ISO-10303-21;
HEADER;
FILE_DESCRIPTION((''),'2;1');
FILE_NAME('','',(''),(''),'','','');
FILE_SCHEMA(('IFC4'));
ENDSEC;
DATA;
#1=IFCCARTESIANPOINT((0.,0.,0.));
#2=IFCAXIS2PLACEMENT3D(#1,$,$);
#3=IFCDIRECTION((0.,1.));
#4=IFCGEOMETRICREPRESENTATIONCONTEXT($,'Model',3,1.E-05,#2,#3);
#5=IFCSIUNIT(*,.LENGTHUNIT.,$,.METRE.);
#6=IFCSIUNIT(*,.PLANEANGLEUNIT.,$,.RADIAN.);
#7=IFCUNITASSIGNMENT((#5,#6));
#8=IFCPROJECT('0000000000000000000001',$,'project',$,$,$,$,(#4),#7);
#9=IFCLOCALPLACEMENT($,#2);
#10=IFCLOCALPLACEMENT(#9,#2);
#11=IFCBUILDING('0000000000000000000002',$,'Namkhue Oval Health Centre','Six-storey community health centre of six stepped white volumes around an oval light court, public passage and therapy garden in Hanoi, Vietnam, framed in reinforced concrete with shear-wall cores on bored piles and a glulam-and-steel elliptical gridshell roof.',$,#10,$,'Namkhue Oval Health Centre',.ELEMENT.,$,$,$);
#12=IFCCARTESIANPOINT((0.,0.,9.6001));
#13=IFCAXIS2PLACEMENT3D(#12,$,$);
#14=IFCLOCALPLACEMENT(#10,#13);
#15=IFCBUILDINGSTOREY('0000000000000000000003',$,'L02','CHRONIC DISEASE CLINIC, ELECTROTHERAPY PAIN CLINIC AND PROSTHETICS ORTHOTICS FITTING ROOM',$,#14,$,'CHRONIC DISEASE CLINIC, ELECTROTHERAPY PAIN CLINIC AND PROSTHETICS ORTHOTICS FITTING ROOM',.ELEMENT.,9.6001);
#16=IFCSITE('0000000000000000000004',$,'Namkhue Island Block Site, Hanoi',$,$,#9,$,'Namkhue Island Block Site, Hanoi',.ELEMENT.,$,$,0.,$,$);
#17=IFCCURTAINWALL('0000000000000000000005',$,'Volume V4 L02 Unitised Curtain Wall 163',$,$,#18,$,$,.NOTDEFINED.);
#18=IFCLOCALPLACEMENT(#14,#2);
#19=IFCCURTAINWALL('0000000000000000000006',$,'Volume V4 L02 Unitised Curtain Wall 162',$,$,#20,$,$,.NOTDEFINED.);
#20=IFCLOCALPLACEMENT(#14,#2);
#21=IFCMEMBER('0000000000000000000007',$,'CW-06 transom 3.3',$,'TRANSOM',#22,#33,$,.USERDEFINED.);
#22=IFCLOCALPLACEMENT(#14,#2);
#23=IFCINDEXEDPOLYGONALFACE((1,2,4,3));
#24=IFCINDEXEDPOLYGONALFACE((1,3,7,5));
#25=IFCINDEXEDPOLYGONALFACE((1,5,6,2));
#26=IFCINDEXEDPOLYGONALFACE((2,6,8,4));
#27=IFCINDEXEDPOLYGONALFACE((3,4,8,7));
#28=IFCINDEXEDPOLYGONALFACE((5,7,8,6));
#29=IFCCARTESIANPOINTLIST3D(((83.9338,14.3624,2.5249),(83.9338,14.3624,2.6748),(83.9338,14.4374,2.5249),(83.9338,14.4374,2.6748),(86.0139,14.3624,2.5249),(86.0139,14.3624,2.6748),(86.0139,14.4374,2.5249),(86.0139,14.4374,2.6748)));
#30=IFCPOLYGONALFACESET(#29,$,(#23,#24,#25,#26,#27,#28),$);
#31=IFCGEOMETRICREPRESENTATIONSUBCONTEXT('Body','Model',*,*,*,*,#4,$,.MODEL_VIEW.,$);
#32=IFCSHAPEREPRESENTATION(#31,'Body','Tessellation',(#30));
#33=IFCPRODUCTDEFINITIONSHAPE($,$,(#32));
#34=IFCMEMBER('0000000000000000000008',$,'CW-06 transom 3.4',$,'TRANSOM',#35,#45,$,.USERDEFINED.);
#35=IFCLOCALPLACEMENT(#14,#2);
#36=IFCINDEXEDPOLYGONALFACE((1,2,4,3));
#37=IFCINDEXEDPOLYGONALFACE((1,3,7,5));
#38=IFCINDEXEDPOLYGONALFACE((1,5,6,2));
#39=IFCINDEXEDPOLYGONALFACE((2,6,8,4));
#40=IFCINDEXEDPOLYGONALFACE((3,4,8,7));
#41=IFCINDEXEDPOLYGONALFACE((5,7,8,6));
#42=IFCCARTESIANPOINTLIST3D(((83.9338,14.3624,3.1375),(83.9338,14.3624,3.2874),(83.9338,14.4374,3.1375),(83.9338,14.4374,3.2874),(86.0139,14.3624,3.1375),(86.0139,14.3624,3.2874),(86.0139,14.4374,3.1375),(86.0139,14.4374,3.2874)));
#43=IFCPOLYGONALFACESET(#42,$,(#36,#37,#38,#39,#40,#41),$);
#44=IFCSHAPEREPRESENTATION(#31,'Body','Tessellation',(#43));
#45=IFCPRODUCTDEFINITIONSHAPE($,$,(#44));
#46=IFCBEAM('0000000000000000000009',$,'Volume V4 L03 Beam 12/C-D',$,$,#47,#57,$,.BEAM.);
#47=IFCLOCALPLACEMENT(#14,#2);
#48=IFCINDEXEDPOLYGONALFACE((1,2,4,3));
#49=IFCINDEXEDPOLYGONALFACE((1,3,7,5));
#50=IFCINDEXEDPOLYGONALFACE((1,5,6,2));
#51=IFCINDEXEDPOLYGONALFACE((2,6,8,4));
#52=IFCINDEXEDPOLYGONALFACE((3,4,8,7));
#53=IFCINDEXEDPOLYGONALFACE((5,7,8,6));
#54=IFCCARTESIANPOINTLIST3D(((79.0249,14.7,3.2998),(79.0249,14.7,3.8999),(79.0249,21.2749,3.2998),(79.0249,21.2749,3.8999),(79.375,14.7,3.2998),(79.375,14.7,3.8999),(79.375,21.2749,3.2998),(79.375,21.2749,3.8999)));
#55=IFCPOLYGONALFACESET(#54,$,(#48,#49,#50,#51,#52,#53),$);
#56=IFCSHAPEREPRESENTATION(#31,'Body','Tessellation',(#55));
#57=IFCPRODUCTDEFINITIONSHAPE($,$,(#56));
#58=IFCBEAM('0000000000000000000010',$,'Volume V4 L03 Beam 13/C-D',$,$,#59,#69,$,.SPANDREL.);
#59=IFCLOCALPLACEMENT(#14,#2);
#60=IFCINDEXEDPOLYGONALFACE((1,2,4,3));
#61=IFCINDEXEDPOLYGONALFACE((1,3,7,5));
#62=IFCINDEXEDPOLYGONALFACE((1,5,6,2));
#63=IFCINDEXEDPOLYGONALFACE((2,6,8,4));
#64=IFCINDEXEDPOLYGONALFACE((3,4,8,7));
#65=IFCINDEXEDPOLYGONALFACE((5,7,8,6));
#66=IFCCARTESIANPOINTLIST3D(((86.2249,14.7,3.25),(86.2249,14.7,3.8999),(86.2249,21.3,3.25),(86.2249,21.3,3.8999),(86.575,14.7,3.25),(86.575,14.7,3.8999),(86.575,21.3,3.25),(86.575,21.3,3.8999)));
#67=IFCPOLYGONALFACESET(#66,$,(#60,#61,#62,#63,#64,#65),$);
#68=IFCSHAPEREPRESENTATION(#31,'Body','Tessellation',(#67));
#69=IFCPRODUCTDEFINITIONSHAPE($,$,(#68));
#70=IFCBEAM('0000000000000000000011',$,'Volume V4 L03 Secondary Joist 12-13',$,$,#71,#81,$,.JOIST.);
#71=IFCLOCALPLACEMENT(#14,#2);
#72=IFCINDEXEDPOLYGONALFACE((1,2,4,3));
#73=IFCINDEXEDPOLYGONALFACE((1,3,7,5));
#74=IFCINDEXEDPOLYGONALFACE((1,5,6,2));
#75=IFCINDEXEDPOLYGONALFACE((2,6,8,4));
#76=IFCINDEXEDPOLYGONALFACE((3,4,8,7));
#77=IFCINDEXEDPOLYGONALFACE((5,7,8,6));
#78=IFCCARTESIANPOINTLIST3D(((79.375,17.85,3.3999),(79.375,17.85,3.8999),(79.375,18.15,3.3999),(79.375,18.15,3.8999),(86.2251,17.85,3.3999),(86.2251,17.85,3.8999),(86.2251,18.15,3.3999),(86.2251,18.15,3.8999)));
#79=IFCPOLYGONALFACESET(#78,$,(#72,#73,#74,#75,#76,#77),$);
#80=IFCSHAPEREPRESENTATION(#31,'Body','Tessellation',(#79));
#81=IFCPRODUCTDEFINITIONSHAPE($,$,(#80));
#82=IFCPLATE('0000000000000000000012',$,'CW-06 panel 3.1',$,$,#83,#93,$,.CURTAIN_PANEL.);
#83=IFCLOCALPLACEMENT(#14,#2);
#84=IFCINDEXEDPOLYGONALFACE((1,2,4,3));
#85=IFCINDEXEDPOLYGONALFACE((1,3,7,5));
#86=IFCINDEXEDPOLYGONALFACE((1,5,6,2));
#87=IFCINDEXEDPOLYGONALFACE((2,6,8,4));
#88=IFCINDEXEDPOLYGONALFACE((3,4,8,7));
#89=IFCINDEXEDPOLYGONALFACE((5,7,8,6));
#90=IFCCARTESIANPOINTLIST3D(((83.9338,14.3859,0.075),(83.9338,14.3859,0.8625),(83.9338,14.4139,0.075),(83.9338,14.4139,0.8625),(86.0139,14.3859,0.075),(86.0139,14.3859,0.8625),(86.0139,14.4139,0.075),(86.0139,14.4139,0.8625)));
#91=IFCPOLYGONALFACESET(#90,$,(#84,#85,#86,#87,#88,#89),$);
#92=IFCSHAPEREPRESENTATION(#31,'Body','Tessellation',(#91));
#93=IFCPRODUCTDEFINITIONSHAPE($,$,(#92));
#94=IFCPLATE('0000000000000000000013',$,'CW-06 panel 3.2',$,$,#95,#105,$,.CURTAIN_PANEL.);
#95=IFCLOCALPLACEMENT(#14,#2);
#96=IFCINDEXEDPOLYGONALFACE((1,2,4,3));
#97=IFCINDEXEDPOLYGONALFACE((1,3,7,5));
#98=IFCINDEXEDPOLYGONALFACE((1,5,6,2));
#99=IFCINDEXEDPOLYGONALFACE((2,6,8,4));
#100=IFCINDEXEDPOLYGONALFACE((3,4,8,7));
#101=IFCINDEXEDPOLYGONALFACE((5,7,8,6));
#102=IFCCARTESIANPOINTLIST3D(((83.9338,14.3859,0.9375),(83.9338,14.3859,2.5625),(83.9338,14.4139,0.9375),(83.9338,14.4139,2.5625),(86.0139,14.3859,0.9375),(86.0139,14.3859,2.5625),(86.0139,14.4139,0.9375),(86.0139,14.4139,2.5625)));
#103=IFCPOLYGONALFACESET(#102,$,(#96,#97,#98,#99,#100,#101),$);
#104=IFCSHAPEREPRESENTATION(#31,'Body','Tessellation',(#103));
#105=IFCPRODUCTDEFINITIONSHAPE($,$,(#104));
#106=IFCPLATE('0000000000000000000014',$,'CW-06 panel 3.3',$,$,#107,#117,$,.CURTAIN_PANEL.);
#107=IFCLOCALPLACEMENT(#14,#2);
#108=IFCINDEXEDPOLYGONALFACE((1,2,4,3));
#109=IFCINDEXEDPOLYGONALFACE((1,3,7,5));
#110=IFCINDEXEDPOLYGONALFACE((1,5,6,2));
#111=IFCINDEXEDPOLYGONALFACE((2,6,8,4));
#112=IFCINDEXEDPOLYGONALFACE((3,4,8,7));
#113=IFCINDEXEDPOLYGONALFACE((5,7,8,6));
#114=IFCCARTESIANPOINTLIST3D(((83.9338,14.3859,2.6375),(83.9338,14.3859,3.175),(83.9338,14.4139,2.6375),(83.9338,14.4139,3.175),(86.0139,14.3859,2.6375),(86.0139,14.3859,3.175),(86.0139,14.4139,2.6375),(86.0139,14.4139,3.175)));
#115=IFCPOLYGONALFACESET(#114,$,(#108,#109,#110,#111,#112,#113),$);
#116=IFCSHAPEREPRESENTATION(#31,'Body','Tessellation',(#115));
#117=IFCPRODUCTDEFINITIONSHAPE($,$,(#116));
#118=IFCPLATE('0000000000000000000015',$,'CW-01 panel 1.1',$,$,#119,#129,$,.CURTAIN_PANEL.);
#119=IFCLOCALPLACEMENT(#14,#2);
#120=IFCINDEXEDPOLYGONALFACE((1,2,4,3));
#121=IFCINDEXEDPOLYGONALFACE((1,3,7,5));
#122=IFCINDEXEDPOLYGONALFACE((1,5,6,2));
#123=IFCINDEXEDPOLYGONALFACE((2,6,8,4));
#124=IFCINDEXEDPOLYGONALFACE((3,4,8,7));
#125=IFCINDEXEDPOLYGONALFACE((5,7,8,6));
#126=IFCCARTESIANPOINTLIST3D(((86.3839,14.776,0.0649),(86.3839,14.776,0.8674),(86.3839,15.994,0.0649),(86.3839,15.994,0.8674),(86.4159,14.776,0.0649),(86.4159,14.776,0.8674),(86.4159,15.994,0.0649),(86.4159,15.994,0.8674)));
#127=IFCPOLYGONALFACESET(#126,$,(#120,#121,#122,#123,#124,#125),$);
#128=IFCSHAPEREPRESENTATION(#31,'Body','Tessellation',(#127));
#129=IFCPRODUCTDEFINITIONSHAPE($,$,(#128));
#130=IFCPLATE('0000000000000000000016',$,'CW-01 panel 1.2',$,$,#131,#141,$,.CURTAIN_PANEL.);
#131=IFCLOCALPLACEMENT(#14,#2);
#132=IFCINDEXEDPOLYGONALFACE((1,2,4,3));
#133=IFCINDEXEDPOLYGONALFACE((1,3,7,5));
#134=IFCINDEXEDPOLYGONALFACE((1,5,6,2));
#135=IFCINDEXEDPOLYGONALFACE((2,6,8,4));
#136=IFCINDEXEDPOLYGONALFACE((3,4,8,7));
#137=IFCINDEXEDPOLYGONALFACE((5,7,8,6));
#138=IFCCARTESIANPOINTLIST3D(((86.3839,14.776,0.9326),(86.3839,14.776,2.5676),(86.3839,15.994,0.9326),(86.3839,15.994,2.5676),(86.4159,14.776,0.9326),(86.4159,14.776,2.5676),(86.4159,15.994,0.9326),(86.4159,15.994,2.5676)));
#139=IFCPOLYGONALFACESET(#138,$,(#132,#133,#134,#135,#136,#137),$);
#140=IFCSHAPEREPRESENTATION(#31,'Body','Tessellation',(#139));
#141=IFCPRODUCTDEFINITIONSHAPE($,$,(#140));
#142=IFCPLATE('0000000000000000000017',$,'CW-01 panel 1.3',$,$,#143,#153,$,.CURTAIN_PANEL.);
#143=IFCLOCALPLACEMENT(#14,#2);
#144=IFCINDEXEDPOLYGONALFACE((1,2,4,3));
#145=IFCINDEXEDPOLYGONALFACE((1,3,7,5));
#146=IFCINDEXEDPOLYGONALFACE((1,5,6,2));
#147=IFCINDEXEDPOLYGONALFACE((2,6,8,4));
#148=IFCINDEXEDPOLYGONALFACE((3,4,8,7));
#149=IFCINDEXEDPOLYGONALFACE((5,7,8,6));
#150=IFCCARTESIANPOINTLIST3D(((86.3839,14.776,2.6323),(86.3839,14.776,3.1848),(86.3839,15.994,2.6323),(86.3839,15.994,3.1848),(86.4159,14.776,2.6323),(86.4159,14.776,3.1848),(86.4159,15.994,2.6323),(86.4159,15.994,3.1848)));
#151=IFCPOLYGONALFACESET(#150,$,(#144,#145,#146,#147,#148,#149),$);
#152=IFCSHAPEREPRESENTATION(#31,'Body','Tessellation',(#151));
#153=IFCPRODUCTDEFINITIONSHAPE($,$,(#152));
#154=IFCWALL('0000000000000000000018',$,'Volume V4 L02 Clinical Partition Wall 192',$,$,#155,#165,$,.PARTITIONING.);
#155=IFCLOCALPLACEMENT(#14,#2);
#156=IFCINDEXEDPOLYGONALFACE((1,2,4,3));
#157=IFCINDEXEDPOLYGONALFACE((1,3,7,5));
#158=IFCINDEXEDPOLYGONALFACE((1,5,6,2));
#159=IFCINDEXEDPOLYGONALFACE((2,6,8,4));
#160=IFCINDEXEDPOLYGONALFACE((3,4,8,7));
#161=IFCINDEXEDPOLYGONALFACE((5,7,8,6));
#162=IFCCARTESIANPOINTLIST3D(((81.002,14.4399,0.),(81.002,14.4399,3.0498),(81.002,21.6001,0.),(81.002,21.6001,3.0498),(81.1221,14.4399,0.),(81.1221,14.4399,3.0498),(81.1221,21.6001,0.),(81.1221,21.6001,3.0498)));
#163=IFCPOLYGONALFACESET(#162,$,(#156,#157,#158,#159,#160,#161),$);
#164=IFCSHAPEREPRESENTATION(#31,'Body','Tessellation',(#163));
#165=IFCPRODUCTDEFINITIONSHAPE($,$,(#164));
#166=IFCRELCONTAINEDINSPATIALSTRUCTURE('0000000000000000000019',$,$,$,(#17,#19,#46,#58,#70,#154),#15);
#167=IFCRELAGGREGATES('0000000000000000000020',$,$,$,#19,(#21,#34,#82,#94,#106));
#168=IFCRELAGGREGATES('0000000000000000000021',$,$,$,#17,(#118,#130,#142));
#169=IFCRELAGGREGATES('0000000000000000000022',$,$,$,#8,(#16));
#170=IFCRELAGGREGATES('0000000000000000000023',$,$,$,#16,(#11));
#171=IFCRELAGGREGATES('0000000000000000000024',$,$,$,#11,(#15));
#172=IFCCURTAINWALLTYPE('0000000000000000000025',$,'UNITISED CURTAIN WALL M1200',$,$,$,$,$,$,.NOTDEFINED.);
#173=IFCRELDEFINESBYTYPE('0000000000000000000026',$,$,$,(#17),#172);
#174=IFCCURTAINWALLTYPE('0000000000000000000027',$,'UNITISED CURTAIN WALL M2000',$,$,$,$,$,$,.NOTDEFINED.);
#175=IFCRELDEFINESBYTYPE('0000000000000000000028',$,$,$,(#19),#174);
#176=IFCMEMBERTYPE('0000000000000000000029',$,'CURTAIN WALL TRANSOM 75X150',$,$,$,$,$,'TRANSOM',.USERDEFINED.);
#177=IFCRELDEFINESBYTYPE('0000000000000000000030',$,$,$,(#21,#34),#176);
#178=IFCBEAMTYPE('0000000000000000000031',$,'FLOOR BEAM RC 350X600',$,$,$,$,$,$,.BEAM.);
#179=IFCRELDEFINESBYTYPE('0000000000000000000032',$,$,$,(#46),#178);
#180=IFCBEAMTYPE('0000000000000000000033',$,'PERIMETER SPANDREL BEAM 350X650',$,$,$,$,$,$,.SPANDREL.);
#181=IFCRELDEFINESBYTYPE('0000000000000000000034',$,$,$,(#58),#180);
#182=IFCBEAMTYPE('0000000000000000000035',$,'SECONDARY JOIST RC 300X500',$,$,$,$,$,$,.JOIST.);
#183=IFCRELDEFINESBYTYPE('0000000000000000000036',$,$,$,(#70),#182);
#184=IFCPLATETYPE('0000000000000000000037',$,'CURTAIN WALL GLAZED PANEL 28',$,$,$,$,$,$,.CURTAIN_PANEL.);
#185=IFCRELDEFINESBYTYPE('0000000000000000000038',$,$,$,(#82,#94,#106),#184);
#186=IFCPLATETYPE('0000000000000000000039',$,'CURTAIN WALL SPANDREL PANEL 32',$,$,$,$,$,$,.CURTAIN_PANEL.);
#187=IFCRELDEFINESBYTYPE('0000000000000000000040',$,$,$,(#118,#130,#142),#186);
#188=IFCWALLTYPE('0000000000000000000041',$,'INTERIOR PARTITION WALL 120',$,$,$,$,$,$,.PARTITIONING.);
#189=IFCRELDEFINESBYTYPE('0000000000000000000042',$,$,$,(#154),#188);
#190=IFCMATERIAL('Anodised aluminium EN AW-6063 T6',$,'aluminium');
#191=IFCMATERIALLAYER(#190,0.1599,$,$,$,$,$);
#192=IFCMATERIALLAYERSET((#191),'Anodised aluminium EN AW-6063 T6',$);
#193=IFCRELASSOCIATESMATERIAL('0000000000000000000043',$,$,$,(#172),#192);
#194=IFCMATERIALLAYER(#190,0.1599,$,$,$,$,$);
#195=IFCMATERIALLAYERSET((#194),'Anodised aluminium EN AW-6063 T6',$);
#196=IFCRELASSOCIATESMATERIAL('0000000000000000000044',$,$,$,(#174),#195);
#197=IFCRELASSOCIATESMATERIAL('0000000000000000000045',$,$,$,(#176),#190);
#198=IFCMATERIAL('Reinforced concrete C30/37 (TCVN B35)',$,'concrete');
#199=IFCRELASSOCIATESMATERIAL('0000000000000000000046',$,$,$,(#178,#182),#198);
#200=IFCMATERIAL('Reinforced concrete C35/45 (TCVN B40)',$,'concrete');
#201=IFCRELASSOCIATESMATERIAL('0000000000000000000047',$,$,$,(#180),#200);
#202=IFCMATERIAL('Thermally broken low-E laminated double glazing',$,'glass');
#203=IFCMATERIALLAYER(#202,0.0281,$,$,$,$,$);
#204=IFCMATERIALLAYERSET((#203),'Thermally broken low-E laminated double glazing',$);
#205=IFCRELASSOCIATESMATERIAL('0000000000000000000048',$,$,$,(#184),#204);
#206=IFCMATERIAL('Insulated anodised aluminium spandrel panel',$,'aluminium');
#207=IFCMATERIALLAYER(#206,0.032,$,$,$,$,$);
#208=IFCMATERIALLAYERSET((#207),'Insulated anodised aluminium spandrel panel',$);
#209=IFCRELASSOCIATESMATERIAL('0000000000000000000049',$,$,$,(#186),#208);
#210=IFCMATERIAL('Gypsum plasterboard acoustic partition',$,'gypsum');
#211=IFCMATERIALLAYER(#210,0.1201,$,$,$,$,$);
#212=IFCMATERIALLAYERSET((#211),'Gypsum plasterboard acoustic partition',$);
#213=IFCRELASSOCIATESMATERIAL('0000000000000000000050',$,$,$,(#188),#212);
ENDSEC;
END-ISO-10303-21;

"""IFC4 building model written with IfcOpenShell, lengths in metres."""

from ifc_helpers import new_model, si_unit, direction, frame, frame_2d, origin, origin_2d, place, context, subcontext, project, spatial, rectangle, extrude, material, layer, layer_set, material_profile, profile_set, type_object, element, aggregate, save


model = new_model("IFC4")

# Units and contexts
model_context = context("Model", 3, precision=1e-05, world=origin(), true_north=direction((0.0, 1.0)))
body_context = subcontext(model_context, "Body", "Model", "MODEL_VIEW")
ifc_project = project(units=[si_unit("LENGTHUNIT", "METRE"), si_unit("PLANEANGLEUNIT", "RADIAN")], contexts=[model_context])

# Site, building, storey
site_placement = place(None, origin())
site = spatial("IfcSite", under=ifc_project, at=site_placement, Name="Namkhue Island Block Site, Hanoi", LongName="Namkhue Island Block Site, Hanoi", CompositionType="ELEMENT", RefElevation=0.0)
building_placement = place(site_placement, origin())
building = spatial("IfcBuilding", under=site, at=building_placement, Name="Namkhue Oval Health Centre", Description="Six-storey community health centre of six stepped white volumes around an oval light court, public passage and therapy garden in Hanoi, Vietnam, framed in reinforced concrete with shear-wall cores on bored piles and a glulam-and-steel elliptical gridshell roof.", LongName="Namkhue Oval Health Centre", CompositionType="ELEMENT")
storey_placement = place(building_placement, frame((0.0, 0.0, 9.6001)))
storey = spatial("IfcBuildingStorey", under=building, at=storey_placement, Name="L02", Description="CHRONIC DISEASE CLINIC, ELECTROTHERAPY PAIN CLINIC AND PROSTHETICS ORTHOTICS FITTING ROOM", LongName="CHRONIC DISEASE CLINIC, ELECTROTHERAPY PAIN CLINIC AND PROSTHETICS ORTHOTICS FITTING ROOM", CompositionType="ELEMENT", Elevation=9.6001)

# Shared definitions
ifc_material_1 = material(Name="Reinforced concrete C35/45 (TCVN B40)", Category="concrete")

# Curtain walls
ifc_material_2 = material(Name="Anodised aluminium EN AW-6063 T6", Category="aluminium")
ifc_layer_1 = layer(ifc_material_2, 0.1599)
ifc_layer_set_1 = layer_set([ifc_layer_1], Name="Anodised aluminium EN AW-6063 T6")
curtain_wall_type_1 = type_object("IfcCurtainWallType", Name="UNITISED CURTAIN WALL M1200", PredefinedType="NOTDEFINED", material=ifc_layer_set_1)
curtain_wall_1_placement = place(storey_placement, origin())
curtain_wall_1 = element("IfcCurtainWall", 1, at=curtain_wall_1_placement, inside=storey, type_object=curtain_wall_type_1, Name="Volume V4 L02 Unitised Curtain Wall 163", PredefinedType="NOTDEFINED")
ifc_layer_2 = layer(ifc_material_2, 0.1599)
ifc_layer_set_2 = layer_set([ifc_layer_2], Name="Anodised aluminium EN AW-6063 T6")
curtain_wall_type_2 = type_object("IfcCurtainWallType", Name="UNITISED CURTAIN WALL M2000", PredefinedType="NOTDEFINED", material=ifc_layer_set_2)
curtain_wall_2_placement = place(storey_placement, origin())
curtain_wall_2 = element("IfcCurtainWall", 2, at=curtain_wall_2_placement, inside=storey, type_object=curtain_wall_type_2, Name="Volume V4 L02 Unitised Curtain Wall 162", PredefinedType="NOTDEFINED")

# Members
ifc_material_profile_1 = material_profile(ifc_material_2, rectangle(XDim=0.075, YDim=0.1499, at=origin_2d()), Name="ALU 75x150")
ifc_profile_set_1 = profile_set([ifc_material_profile_1], Name="Anodised aluminium EN AW-6063 T6")
member_type_1 = type_object("IfcMemberType", Name="CURTAIN WALL TRANSOM 75X150", ElementType="TRANSOM", PredefinedType="USERDEFINED", material=ifc_profile_set_1)
member_1_placement = place(storey_placement, frame((83.9338, 14.3999, 2.5999), z_axis=(1.0, 0.0, 0.0), x_axis=(0.0, 1.0, 0.0)))
member_1 = element("IfcMember", 3, at=member_1_placement, type_object=member_type_1, Name="CW-06 transom 3.3", ObjectType="TRANSOM", PredefinedType="USERDEFINED", context=body_context, shape_type="SweptSolid", body=[
    extrude(rectangle(XDim=0.075, YDim=0.1499, at=origin_2d()), origin(), (0.0, 0.0, 1.0), 2.0801),
])
member_2_placement = place(storey_placement, frame((83.9338, 14.3999, 3.2124), z_axis=(1.0, 0.0, 0.0), x_axis=(0.0, 1.0, 0.0)))
member_2 = element("IfcMember", 4, at=member_2_placement, type_object=member_type_1, Name="CW-06 transom 3.4", ObjectType="TRANSOM", PredefinedType="USERDEFINED", context=body_context, shape_type="SweptSolid", body=[
    extrude(rectangle(XDim=0.075, YDim=0.1499, at=origin_2d()), origin(), (0.0, 0.0, 1.0), 2.0801),
])

# Beams
ifc_material_3 = material(Name="Reinforced concrete C30/37 (TCVN B35)", Category="concrete")
ifc_material_profile_2 = material_profile(ifc_material_3, rectangle(XDim=0.3501, YDim=0.6001, at=origin_2d()), Name="RC 350x600")
ifc_profile_set_2 = profile_set([ifc_material_profile_2], Name="Reinforced concrete C30/37 (TCVN B35)")
beam_type_1 = type_object("IfcBeamType", Name="FLOOR BEAM RC 350X600", PredefinedType="BEAM", material=ifc_profile_set_2)
beam_1_placement = place(storey_placement, frame((79.2, 14.7, 3.5999), z_axis=(0.0, 1.0, 0.0), x_axis=(-1.0, 0.0, 0.0)))
element("IfcBeam", 5, at=beam_1_placement, inside=storey, type_object=beam_type_1, Name="Volume V4 L03 Beam 12/C-D", PredefinedType="BEAM", context=body_context, shape_type="SweptSolid", body=[
    extrude(rectangle(XDim=0.3501, YDim=0.6001, at=origin_2d()), origin(), (0.0, 0.0, 1.0), 6.575),
])
ifc_material_profile_3 = material_profile(ifc_material_1, rectangle(XDim=0.3501, YDim=0.6499, at=origin_2d()), Name="RC 350x650")
ifc_profile_set_3 = profile_set([ifc_material_profile_3], Name="Reinforced concrete C35/45 (TCVN B40)")
beam_type_2 = type_object("IfcBeamType", Name="PERIMETER SPANDREL BEAM 350X650", PredefinedType="SPANDREL", material=ifc_profile_set_3)
beam_2_placement = place(storey_placement, frame((86.3999, 14.7, 3.575), z_axis=(0.0, 1.0, 0.0), x_axis=(-1.0, 0.0, 0.0)))
element("IfcBeam", 6, at=beam_2_placement, inside=storey, type_object=beam_type_2, Name="Volume V4 L03 Beam 13/C-D", PredefinedType="SPANDREL", context=body_context, shape_type="SweptSolid", body=[
    extrude(rectangle(XDim=0.3501, YDim=0.6499, at=origin_2d()), origin(), (0.0, 0.0, 1.0), 6.6001),
])
ifc_material_profile_4 = material_profile(ifc_material_3, rectangle(XDim=0.3, YDim=0.5, at=origin_2d()), Name="RC 300x500")
ifc_profile_set_4 = profile_set([ifc_material_profile_4], Name="Reinforced concrete C30/37 (TCVN B35)")
beam_type_3 = type_object("IfcBeamType", Name="SECONDARY JOIST RC 300X500", PredefinedType="JOIST", material=ifc_profile_set_4)
beam_3_placement = place(storey_placement, frame((79.375, 18.0, 3.6499), z_axis=(1.0, 0.0, 0.0), x_axis=(0.0, 1.0, 0.0)))
element("IfcBeam", 7, at=beam_3_placement, inside=storey, type_object=beam_type_3, Name="Volume V4 L03 Secondary Joist 12-13", PredefinedType="JOIST", context=body_context, shape_type="SweptSolid", body=[
    extrude(rectangle(XDim=0.3, YDim=0.5, at=origin_2d()), origin(), (0.0, 0.0, 1.0), 6.8501),
])

# Plates
ifc_material_4 = material(Name="Thermally broken low-E laminated double glazing", Category="glass")
ifc_layer_3 = layer(ifc_material_4, 0.0281)
ifc_layer_set_3 = layer_set([ifc_layer_3], Name="Thermally broken low-E laminated double glazing")
plate_type_1 = type_object("IfcPlateType", Name="CURTAIN WALL GLAZED PANEL 28", PredefinedType="CURTAIN_PANEL", material=ifc_layer_set_3)
plate_1_placement = place(storey_placement, frame((84.9739, 14.3999, 0.075), z_axis=(0.0, 0.0, 1.0), x_axis=(1.0, 0.0, 0.0)))
plate_1 = element("IfcPlate", 8, at=plate_1_placement, type_object=plate_type_1, Name="CW-06 panel 3.1", PredefinedType="CURTAIN_PANEL", context=body_context, shape_type="SweptSolid", body=[
    extrude(rectangle(XDim=2.0801, YDim=0.0281, at=origin_2d()), origin(), (0.0, 0.0, 1.0), 0.7876),
])
plate_2_placement = place(storey_placement, frame((84.9739, 14.3999, 0.9375), z_axis=(0.0, 0.0, 1.0), x_axis=(1.0, 0.0, 0.0)))
plate_2 = element("IfcPlate", 9, at=plate_2_placement, type_object=plate_type_1, Name="CW-06 panel 3.2", PredefinedType="CURTAIN_PANEL", context=body_context, shape_type="SweptSolid", body=[
    extrude(rectangle(XDim=2.0801, YDim=0.0281, at=origin_2d()), origin(), (0.0, 0.0, 1.0), 1.625),
])
plate_3_placement = place(storey_placement, frame((84.9739, 14.3999, 2.6375), z_axis=(0.0, 0.0, 1.0), x_axis=(1.0, 0.0, 0.0)))
plate_3 = element("IfcPlate", 10, at=plate_3_placement, type_object=plate_type_1, Name="CW-06 panel 3.3", PredefinedType="CURTAIN_PANEL", context=body_context, shape_type="SweptSolid", body=[
    extrude(rectangle(XDim=2.0801, YDim=0.0281, at=origin_2d()), origin(), (0.0, 0.0, 1.0), 0.5376),
])
aggregate(curtain_wall_2, [member_1, member_2, plate_1, plate_2, plate_3])
ifc_material_5 = material(Name="Insulated anodised aluminium spandrel panel", Category="aluminium")
ifc_layer_4 = layer(ifc_material_5, 0.032)
ifc_layer_set_4 = layer_set([ifc_layer_4], Name="Insulated anodised aluminium spandrel panel")
plate_type_2 = type_object("IfcPlateType", Name="CURTAIN WALL SPANDREL PANEL 32", PredefinedType="CURTAIN_PANEL", material=ifc_layer_set_4)
plate_4_placement = place(storey_placement, frame((86.3999, 15.385, 0.0649), z_axis=(0.0, 0.0, 1.0), x_axis=(0.0, 1.0, 0.0)))
plate_4 = element("IfcPlate", 11, at=plate_4_placement, type_object=plate_type_2, Name="CW-01 panel 1.1", PredefinedType="CURTAIN_PANEL", context=body_context, shape_type="SweptSolid", body=[
    extrude(rectangle(XDim=1.218, YDim=0.032, at=origin_2d()), origin(), (0.0, 0.0, 1.0), 0.8025),
])
plate_5_placement = place(storey_placement, frame((86.3999, 15.385, 0.9326), z_axis=(0.0, 0.0, 1.0), x_axis=(0.0, 1.0, 0.0)))
plate_5 = element("IfcPlate", 12, at=plate_5_placement, type_object=plate_type_2, Name="CW-01 panel 1.2", PredefinedType="CURTAIN_PANEL", context=body_context, shape_type="SweptSolid", body=[
    extrude(rectangle(XDim=1.218, YDim=0.032, at=origin_2d()), origin(), (0.0, 0.0, 1.0), 1.635),
])
plate_6_placement = place(storey_placement, frame((86.3999, 15.385, 2.6323), z_axis=(0.0, 0.0, 1.0), x_axis=(0.0, 1.0, 0.0)))
plate_6 = element("IfcPlate", 13, at=plate_6_placement, type_object=plate_type_2, Name="CW-01 panel 1.3", PredefinedType="CURTAIN_PANEL", context=body_context, shape_type="SweptSolid", body=[
    extrude(rectangle(XDim=1.218, YDim=0.032, at=origin_2d()), origin(), (0.0, 0.0, 1.0), 0.5525),
])
aggregate(curtain_wall_1, [plate_4, plate_5, plate_6])

# Wall
ifc_material_6 = material(Name="Gypsum plasterboard acoustic partition", Category="gypsum")
ifc_layer_5 = layer(ifc_material_6, 0.1201)
ifc_layer_set_5 = layer_set([ifc_layer_5], Name="Gypsum plasterboard acoustic partition")
wall_type = type_object("IfcWallType", Name="INTERIOR PARTITION WALL 120", PredefinedType="PARTITIONING", material=ifc_layer_set_5)
wall_placement = place(storey_placement, frame((81.062, 14.4399, 0.0), z_axis=(0.0, 0.0, 1.0), x_axis=(0.0, 1.0, 0.0)))
element("IfcWall", 14, at=wall_placement, inside=storey, type_object=wall_type, Name="Volume V4 L02 Clinical Partition Wall 192", PredefinedType="PARTITIONING", context=body_context, shape_type="SweptSolid", body=[
    extrude(rectangle(XDim=7.1602, YDim=0.1201, at=frame_2d((3.5801, 0.0))), origin(), (0.0, 0.0, 1.0), 3.0498),
])

save(model, "model.ifc")
